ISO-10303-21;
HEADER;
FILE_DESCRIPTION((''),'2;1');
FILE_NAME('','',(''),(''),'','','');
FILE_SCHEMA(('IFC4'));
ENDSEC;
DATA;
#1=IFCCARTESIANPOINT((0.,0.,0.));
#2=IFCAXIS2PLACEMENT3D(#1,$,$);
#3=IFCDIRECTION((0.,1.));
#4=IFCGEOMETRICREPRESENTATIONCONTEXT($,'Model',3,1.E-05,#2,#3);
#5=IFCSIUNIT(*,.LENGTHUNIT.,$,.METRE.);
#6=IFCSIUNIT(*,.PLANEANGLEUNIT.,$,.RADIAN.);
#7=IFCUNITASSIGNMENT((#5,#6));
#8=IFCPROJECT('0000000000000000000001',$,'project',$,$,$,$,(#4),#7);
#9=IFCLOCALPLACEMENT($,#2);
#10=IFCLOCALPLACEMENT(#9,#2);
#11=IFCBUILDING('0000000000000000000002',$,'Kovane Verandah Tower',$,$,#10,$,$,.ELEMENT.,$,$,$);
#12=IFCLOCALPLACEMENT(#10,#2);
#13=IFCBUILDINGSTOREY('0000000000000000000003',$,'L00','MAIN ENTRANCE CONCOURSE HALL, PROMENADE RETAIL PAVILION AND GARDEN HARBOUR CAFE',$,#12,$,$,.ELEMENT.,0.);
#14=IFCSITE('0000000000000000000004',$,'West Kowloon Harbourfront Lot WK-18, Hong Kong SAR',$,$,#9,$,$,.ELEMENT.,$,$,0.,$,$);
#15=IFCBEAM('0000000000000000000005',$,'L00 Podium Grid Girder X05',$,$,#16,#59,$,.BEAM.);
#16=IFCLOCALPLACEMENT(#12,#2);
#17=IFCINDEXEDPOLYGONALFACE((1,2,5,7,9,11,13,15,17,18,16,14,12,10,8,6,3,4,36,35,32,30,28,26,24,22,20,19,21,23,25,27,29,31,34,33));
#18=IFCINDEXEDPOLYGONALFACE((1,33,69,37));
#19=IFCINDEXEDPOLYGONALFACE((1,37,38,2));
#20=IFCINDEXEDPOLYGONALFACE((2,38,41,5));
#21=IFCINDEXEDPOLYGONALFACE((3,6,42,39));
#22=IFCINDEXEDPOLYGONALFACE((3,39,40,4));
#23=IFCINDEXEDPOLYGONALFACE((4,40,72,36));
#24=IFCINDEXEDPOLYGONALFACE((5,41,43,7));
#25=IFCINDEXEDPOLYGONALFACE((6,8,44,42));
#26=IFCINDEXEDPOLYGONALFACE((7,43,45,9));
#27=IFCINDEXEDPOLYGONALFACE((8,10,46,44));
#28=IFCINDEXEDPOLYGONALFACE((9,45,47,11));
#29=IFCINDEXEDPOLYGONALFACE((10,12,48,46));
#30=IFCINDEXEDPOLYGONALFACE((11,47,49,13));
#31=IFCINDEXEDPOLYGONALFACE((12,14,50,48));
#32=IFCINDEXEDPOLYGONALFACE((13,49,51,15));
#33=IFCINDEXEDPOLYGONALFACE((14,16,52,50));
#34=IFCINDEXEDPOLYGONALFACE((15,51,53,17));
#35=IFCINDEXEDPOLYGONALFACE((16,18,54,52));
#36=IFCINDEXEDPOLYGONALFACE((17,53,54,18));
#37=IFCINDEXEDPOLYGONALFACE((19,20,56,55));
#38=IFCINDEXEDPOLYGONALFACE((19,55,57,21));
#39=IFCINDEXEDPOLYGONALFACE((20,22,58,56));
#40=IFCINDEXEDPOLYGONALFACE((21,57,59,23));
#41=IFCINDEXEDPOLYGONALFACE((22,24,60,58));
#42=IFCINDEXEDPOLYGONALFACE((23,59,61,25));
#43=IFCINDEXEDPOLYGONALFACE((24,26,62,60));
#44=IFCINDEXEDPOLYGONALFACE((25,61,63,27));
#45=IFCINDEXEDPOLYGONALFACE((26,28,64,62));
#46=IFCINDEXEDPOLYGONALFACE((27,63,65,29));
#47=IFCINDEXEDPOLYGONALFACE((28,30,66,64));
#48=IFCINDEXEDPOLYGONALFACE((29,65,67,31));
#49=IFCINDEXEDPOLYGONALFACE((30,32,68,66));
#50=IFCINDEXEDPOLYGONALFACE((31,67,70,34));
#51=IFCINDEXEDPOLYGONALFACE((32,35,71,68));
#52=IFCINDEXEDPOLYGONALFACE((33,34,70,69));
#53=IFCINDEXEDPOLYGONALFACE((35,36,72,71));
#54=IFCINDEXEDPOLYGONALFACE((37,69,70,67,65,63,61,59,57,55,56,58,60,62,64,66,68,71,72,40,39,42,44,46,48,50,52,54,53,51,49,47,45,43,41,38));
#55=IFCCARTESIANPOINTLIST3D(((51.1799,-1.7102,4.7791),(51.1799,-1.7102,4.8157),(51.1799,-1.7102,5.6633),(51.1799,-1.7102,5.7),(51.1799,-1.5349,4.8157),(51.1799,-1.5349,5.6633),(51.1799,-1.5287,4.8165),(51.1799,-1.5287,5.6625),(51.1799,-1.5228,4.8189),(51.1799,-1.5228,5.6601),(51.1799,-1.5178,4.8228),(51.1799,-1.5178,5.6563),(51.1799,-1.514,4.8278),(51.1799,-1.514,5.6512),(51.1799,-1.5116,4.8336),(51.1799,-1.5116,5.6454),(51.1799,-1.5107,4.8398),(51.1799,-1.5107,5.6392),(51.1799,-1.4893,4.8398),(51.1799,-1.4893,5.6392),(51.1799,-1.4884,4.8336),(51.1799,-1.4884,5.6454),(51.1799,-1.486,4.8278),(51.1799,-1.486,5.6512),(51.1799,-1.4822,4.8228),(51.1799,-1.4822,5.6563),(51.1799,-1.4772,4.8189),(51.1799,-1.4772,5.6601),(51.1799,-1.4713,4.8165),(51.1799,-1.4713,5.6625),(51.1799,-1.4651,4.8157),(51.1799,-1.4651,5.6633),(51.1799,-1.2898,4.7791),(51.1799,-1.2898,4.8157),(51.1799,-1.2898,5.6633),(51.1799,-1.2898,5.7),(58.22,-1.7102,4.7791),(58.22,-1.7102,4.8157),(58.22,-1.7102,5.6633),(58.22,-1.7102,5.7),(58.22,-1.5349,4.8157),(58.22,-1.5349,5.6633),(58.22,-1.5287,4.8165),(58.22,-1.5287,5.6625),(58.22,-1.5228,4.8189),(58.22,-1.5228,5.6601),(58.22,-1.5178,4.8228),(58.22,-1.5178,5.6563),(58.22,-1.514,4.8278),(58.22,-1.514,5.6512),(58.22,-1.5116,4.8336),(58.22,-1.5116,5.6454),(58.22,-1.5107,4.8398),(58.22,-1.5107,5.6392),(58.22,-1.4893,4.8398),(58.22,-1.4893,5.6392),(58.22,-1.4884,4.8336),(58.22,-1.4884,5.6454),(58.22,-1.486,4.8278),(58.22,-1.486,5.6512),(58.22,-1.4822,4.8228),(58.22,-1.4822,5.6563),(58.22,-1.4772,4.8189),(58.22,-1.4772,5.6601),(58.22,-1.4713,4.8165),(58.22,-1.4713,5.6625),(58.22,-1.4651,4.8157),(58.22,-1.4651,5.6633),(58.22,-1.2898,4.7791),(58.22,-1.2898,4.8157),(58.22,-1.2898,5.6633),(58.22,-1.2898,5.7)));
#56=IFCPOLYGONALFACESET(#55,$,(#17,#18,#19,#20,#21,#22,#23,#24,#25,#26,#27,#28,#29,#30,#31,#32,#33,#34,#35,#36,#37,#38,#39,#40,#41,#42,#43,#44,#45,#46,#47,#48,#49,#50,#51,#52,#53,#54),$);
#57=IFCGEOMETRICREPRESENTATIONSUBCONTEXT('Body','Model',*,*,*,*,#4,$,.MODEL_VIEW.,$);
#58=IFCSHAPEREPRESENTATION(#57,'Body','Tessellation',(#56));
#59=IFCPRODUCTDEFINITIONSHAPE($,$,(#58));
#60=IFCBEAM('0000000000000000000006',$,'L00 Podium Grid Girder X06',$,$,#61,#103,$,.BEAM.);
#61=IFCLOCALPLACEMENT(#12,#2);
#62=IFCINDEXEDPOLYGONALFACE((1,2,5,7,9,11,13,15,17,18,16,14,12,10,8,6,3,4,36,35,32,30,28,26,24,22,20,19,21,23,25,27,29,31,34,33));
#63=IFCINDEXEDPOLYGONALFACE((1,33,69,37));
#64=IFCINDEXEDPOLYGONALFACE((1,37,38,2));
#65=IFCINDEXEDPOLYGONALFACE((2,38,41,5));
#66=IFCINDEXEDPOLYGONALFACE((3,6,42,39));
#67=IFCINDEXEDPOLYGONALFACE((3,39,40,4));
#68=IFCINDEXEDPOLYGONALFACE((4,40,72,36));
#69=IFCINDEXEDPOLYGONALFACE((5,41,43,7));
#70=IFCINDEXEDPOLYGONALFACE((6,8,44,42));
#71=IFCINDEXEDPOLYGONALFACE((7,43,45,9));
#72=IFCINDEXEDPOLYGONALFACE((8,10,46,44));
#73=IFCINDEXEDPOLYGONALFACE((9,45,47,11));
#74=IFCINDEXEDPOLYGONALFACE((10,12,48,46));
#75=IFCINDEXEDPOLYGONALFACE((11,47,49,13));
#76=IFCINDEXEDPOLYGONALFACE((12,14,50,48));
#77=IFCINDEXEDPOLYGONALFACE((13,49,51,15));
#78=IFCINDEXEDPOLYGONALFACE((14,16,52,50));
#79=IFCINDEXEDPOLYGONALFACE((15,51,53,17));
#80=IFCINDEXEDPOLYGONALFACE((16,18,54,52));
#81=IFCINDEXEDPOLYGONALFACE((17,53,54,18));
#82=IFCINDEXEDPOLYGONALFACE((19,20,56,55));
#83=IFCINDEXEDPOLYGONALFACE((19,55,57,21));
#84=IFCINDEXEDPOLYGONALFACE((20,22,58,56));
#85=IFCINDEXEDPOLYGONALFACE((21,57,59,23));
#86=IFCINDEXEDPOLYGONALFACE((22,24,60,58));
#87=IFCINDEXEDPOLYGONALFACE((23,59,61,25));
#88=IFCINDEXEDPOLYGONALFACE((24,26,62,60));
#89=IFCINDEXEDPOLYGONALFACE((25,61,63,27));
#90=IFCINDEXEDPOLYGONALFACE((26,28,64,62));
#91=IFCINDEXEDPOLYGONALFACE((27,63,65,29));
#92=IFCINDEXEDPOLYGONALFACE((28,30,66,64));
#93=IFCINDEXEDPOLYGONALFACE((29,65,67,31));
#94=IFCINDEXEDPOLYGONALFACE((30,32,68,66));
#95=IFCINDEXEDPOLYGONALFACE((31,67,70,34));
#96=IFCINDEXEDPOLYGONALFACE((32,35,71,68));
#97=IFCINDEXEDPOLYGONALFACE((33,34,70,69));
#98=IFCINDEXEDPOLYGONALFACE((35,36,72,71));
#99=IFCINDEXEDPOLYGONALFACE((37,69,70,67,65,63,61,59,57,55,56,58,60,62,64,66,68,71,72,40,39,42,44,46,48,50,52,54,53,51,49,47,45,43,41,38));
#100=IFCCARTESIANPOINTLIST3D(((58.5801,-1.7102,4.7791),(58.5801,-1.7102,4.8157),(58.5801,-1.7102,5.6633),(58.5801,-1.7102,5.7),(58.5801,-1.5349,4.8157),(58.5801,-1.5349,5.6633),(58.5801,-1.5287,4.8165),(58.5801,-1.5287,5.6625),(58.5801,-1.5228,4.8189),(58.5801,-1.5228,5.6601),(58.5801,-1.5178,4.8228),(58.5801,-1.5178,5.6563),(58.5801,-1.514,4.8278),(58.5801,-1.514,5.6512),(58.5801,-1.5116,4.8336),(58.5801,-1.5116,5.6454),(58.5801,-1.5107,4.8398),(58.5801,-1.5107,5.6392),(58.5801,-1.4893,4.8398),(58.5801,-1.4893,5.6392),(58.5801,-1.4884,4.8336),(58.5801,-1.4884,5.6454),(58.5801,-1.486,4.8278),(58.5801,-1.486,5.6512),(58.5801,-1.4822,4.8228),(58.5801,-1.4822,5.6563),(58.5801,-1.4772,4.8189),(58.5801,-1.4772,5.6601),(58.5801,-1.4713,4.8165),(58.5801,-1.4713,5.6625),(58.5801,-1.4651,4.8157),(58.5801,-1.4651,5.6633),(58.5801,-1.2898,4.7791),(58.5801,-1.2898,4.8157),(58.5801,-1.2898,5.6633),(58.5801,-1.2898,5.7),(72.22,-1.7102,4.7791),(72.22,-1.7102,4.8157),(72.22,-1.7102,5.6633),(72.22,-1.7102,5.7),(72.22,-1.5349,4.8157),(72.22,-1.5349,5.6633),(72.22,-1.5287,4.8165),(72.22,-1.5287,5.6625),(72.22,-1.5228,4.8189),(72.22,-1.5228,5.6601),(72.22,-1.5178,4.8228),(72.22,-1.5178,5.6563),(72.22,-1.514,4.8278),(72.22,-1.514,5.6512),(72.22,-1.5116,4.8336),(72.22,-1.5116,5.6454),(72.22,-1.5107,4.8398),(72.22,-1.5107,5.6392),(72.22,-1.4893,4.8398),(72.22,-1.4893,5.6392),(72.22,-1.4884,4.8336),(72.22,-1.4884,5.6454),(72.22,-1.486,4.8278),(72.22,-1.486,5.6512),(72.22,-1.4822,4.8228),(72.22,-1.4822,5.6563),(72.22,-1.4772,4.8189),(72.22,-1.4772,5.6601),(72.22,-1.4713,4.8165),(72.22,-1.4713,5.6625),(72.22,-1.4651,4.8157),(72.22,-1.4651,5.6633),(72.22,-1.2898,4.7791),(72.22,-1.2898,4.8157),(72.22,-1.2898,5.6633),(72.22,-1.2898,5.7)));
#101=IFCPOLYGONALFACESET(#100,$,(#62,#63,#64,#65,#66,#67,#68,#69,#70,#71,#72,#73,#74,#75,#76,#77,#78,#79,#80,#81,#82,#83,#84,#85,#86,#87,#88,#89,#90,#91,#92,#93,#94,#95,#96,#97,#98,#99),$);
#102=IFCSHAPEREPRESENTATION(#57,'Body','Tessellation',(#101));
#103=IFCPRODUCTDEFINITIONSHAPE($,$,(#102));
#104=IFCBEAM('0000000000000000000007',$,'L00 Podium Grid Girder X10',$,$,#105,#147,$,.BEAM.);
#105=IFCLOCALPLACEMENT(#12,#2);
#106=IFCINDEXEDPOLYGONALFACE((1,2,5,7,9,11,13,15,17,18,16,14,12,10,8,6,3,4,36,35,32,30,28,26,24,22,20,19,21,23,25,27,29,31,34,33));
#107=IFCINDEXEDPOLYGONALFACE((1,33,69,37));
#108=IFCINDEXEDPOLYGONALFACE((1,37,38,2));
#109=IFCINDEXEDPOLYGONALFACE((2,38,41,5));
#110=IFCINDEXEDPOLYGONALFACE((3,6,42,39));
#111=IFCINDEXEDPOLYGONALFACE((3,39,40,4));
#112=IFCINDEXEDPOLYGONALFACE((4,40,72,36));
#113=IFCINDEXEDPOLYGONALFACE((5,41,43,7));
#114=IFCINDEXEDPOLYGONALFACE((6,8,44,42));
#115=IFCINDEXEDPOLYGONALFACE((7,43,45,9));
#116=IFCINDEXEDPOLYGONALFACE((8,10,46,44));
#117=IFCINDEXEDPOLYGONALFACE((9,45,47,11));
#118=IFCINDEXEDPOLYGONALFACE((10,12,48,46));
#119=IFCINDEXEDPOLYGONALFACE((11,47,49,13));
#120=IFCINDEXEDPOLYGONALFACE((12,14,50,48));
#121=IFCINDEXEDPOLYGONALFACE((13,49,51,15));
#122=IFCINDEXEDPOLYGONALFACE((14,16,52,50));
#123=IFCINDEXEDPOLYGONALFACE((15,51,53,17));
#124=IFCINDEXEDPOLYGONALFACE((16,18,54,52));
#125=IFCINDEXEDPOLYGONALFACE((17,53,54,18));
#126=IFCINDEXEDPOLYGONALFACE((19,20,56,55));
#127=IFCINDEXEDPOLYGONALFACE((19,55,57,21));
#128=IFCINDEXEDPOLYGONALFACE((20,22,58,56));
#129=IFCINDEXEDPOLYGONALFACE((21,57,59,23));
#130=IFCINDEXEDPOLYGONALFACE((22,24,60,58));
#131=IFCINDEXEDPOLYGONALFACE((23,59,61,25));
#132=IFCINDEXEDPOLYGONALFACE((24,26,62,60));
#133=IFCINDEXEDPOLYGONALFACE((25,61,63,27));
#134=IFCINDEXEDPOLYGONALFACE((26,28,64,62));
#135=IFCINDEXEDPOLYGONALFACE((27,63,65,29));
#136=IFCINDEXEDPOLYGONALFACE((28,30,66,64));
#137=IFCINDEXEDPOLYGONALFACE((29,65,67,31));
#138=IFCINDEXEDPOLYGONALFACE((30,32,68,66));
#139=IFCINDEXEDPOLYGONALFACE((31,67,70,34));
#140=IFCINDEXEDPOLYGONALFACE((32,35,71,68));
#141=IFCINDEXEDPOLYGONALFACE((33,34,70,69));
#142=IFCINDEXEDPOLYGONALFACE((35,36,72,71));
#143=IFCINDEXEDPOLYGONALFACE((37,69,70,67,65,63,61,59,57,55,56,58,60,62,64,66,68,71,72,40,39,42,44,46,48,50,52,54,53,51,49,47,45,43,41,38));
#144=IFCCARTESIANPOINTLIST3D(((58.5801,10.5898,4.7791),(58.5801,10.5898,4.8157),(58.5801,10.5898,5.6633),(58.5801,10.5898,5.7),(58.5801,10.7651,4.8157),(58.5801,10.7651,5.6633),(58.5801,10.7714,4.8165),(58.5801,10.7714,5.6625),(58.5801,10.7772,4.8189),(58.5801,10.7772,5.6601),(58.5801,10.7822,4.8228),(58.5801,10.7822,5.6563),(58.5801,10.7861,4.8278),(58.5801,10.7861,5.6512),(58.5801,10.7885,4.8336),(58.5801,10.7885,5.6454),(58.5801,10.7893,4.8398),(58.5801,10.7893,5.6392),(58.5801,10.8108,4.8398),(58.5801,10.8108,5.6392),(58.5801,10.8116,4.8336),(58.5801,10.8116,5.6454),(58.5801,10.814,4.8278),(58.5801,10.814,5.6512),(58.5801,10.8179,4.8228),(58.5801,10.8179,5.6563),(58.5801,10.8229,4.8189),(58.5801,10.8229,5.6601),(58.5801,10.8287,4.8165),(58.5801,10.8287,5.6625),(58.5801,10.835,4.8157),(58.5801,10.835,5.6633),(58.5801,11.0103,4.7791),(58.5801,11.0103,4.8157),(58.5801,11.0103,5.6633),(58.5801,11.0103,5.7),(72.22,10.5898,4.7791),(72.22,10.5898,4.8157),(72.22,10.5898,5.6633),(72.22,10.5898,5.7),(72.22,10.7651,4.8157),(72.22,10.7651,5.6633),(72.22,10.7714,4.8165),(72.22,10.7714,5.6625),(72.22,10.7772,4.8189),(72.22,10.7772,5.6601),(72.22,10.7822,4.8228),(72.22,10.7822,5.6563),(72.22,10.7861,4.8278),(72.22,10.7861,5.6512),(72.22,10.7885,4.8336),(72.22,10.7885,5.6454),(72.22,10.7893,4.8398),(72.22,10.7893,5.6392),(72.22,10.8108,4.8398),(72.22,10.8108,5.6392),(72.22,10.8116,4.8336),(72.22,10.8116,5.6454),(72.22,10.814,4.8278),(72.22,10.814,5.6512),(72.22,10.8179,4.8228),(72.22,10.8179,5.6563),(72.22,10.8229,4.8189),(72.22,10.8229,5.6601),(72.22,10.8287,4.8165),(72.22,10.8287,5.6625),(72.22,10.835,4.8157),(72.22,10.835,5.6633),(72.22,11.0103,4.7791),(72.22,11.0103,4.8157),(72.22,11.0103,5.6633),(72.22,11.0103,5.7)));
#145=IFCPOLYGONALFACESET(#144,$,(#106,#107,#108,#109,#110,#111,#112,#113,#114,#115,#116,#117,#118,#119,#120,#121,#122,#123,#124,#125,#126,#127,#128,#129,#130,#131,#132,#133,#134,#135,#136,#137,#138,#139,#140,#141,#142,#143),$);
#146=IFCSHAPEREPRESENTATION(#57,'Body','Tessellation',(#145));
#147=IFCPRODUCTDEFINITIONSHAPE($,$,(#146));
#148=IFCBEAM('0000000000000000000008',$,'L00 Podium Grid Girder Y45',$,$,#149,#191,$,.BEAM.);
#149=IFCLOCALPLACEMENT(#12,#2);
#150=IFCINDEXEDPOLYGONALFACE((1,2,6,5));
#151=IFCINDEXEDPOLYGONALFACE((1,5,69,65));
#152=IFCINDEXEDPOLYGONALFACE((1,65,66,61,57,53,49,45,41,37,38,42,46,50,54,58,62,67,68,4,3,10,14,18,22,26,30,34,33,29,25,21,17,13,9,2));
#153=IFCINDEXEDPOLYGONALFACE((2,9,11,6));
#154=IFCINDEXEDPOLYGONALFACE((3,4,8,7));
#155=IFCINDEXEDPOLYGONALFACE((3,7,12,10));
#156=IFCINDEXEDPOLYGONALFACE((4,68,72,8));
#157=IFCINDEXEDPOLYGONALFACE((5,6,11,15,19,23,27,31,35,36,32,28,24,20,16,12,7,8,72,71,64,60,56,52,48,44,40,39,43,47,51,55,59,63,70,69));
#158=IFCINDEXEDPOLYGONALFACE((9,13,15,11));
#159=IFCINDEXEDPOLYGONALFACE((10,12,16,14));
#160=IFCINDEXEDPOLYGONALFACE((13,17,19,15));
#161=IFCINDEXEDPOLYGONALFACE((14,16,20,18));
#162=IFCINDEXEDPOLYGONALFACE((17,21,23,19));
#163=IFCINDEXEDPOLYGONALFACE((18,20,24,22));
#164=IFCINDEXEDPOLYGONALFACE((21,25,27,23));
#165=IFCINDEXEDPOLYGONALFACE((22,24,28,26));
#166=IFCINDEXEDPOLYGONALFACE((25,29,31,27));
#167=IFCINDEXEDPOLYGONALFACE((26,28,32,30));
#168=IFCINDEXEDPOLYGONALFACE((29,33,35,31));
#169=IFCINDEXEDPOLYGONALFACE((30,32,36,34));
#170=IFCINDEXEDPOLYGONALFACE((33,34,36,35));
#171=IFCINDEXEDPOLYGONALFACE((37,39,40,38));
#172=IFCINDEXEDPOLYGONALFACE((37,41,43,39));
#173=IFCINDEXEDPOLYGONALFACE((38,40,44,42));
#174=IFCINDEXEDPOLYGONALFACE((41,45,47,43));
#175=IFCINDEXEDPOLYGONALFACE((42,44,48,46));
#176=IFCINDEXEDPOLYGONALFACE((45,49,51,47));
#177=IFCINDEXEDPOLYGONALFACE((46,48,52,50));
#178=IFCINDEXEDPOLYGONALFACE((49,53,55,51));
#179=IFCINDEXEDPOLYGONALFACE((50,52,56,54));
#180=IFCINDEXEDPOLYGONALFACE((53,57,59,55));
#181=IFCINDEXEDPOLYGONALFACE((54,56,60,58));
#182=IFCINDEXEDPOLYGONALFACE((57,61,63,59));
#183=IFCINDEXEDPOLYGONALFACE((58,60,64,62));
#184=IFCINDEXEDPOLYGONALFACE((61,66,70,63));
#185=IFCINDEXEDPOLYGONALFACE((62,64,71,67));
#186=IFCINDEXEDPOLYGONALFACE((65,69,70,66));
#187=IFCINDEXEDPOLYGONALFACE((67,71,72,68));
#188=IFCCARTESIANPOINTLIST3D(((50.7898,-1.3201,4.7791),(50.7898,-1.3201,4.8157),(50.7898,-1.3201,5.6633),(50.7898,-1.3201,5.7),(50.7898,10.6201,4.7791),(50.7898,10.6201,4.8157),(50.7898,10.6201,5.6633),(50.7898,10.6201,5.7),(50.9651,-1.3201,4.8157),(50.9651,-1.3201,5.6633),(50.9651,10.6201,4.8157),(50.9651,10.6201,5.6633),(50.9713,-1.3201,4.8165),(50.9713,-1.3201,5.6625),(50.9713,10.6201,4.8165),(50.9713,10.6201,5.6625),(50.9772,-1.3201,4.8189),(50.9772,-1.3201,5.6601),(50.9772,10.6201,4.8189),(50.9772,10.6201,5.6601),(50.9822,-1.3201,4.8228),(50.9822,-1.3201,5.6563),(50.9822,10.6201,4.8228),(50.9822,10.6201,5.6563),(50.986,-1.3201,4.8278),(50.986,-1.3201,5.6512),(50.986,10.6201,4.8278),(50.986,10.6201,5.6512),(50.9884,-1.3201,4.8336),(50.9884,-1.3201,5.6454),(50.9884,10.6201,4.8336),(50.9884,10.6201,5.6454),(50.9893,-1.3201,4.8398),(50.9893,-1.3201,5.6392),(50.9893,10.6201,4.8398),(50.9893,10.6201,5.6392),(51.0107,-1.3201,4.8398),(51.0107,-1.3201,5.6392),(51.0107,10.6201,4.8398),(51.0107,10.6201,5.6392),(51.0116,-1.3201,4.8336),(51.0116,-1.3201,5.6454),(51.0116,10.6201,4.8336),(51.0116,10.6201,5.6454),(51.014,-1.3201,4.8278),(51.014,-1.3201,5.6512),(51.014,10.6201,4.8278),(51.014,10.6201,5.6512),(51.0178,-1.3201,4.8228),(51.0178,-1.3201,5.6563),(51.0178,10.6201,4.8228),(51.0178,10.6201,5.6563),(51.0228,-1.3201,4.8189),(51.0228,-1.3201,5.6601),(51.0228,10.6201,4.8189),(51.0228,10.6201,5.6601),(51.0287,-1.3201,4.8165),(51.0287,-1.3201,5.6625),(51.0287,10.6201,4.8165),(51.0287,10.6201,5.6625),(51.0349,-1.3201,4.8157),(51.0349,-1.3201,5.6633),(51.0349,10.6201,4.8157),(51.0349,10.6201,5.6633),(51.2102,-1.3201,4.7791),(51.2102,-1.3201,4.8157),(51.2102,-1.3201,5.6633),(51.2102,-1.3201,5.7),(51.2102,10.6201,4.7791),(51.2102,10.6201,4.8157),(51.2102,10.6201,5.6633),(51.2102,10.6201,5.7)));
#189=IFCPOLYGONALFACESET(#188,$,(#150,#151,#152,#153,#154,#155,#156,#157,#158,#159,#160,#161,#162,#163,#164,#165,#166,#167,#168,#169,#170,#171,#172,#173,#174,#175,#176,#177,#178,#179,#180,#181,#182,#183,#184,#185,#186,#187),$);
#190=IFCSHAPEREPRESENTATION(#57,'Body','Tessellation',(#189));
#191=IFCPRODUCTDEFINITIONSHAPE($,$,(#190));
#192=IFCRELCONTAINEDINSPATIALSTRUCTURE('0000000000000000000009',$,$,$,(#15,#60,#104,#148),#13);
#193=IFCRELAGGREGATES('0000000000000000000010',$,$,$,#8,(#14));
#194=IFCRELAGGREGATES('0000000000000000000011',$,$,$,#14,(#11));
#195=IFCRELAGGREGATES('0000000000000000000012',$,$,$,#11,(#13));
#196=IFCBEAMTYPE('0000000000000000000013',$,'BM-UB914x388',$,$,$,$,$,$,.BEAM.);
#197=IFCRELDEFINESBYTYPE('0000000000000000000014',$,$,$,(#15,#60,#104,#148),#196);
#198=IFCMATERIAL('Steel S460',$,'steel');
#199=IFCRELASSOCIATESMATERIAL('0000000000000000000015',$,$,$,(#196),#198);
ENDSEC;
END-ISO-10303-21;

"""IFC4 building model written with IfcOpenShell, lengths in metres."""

from ifc_helpers import new_model, si_unit, direction, frame, origin, origin_2d, place, context, subcontext, project, spatial, i_section, extrude, material, material_profile, profile_set, type_object, element, save


model = new_model("IFC4")

# Units and contexts
model_context = context("Model", 3, precision=1e-05, world=origin(), true_north=direction((0.0, 1.0)))
body_context = subcontext(model_context, "Body", "Model", "MODEL_VIEW")
ifc_project = project(units=[si_unit("LENGTHUNIT", "METRE"), si_unit("PLANEANGLEUNIT", "RADIAN")], contexts=[model_context])

# Site, building, storey
site_placement = place(None, origin())
site = spatial("IfcSite", under=ifc_project, at=site_placement, Name="West Kowloon Harbourfront Lot WK-18, Hong Kong SAR", CompositionType="ELEMENT", RefElevation=0.0)
building_placement = place(site_placement, origin())
building = spatial("IfcBuilding", under=site, at=building_placement, Name="Kovane Verandah Tower", CompositionType="ELEMENT")
storey_placement = place(building_placement, origin())
storey = spatial("IfcBuildingStorey", under=building, at=storey_placement, Name="L00", Description="MAIN ENTRANCE CONCOURSE HALL, PROMENADE RETAIL PAVILION AND GARDEN HARBOUR CAFE", CompositionType="ELEMENT", Elevation=0.0)

# Shared definitions
ifc_material_1 = material(Name="Steel S460", Category="steel")

# Beams
ifc_material_profile_1 = material_profile(ifc_material_1, i_section(OverallWidth=0.4204, OverallDepth=0.9209, WebThickness=0.0215, FlangeThickness=0.0366, FilletRadius=0.0242, at=origin_2d()), Name="UB914x419x388")
ifc_profile_set_1 = profile_set([ifc_material_profile_1], Name="Steel S460")
beam_type_1 = type_object("IfcBeamType", Name="BM-UB914x388", PredefinedType="BEAM", material=ifc_profile_set_1)
beam_1_placement = place(storey_placement, frame((51.1799, -1.5, 5.2395), z_axis=(1.0, 0.0, 0.0), x_axis=(0.0, 1.0, 0.0)))
element("IfcBeam", 1, at=beam_1_placement, inside=storey, type_object=beam_type_1, Name="L00 Podium Grid Girder X05", PredefinedType="BEAM", context=body_context, shape_type="SweptSolid", body=[
    extrude(i_section(OverallWidth=0.4204, OverallDepth=0.9209, WebThickness=0.0215, FlangeThickness=0.0366, FilletRadius=0.0242, at=origin_2d()), origin(), (0.0, 0.0, 1.0), 7.04),
])
for number, where, z_axis, x_axis, name in (
    (2, (58.5801, -1.5, 5.2395), (1.0, 0.0, 0.0), (0.0, 1.0, 0.0), "L00 Podium Grid Girder X06"),
    (3, (58.5801, 10.8, 5.2395), (1.0, 0.0, 0.0), (0.0, 1.0, 0.0), "L00 Podium Grid Girder X10"),
):
    element("IfcBeam", number, at=place(storey_placement, frame(where, z_axis=z_axis, x_axis=x_axis)), inside=storey, type_object=beam_type_1, Name=name, PredefinedType="BEAM", context=body_context, shape_type="SweptSolid", body=[
        extrude(i_section(OverallWidth=0.4204, OverallDepth=0.9209, WebThickness=0.0215, FlangeThickness=0.0366, FilletRadius=0.0242, at=origin_2d()), origin(), (0.0, 0.0, 1.0), 13.6399),
    ])
for number, where, z_axis, x_axis, name in (
    (4, (51.0, -1.3201, 5.2395), (0.0, 1.0, 0.0), (-1.0, 0.0, 0.0), "L00 Podium Grid Girder Y45"),
):
    element("IfcBeam", number, at=place(storey_placement, frame(where, z_axis=z_axis, x_axis=x_axis)), inside=storey, type_object=beam_type_1, Name=name, PredefinedType="BEAM", context=body_context, shape_type="SweptSolid", body=[
        extrude(i_section(OverallWidth=0.4204, OverallDepth=0.9209, WebThickness=0.0215, FlangeThickness=0.0366, FilletRadius=0.0242, at=origin_2d()), origin(), (0.0, 0.0, 1.0), 11.9402),
    ])

save(model, "model.ifc")
